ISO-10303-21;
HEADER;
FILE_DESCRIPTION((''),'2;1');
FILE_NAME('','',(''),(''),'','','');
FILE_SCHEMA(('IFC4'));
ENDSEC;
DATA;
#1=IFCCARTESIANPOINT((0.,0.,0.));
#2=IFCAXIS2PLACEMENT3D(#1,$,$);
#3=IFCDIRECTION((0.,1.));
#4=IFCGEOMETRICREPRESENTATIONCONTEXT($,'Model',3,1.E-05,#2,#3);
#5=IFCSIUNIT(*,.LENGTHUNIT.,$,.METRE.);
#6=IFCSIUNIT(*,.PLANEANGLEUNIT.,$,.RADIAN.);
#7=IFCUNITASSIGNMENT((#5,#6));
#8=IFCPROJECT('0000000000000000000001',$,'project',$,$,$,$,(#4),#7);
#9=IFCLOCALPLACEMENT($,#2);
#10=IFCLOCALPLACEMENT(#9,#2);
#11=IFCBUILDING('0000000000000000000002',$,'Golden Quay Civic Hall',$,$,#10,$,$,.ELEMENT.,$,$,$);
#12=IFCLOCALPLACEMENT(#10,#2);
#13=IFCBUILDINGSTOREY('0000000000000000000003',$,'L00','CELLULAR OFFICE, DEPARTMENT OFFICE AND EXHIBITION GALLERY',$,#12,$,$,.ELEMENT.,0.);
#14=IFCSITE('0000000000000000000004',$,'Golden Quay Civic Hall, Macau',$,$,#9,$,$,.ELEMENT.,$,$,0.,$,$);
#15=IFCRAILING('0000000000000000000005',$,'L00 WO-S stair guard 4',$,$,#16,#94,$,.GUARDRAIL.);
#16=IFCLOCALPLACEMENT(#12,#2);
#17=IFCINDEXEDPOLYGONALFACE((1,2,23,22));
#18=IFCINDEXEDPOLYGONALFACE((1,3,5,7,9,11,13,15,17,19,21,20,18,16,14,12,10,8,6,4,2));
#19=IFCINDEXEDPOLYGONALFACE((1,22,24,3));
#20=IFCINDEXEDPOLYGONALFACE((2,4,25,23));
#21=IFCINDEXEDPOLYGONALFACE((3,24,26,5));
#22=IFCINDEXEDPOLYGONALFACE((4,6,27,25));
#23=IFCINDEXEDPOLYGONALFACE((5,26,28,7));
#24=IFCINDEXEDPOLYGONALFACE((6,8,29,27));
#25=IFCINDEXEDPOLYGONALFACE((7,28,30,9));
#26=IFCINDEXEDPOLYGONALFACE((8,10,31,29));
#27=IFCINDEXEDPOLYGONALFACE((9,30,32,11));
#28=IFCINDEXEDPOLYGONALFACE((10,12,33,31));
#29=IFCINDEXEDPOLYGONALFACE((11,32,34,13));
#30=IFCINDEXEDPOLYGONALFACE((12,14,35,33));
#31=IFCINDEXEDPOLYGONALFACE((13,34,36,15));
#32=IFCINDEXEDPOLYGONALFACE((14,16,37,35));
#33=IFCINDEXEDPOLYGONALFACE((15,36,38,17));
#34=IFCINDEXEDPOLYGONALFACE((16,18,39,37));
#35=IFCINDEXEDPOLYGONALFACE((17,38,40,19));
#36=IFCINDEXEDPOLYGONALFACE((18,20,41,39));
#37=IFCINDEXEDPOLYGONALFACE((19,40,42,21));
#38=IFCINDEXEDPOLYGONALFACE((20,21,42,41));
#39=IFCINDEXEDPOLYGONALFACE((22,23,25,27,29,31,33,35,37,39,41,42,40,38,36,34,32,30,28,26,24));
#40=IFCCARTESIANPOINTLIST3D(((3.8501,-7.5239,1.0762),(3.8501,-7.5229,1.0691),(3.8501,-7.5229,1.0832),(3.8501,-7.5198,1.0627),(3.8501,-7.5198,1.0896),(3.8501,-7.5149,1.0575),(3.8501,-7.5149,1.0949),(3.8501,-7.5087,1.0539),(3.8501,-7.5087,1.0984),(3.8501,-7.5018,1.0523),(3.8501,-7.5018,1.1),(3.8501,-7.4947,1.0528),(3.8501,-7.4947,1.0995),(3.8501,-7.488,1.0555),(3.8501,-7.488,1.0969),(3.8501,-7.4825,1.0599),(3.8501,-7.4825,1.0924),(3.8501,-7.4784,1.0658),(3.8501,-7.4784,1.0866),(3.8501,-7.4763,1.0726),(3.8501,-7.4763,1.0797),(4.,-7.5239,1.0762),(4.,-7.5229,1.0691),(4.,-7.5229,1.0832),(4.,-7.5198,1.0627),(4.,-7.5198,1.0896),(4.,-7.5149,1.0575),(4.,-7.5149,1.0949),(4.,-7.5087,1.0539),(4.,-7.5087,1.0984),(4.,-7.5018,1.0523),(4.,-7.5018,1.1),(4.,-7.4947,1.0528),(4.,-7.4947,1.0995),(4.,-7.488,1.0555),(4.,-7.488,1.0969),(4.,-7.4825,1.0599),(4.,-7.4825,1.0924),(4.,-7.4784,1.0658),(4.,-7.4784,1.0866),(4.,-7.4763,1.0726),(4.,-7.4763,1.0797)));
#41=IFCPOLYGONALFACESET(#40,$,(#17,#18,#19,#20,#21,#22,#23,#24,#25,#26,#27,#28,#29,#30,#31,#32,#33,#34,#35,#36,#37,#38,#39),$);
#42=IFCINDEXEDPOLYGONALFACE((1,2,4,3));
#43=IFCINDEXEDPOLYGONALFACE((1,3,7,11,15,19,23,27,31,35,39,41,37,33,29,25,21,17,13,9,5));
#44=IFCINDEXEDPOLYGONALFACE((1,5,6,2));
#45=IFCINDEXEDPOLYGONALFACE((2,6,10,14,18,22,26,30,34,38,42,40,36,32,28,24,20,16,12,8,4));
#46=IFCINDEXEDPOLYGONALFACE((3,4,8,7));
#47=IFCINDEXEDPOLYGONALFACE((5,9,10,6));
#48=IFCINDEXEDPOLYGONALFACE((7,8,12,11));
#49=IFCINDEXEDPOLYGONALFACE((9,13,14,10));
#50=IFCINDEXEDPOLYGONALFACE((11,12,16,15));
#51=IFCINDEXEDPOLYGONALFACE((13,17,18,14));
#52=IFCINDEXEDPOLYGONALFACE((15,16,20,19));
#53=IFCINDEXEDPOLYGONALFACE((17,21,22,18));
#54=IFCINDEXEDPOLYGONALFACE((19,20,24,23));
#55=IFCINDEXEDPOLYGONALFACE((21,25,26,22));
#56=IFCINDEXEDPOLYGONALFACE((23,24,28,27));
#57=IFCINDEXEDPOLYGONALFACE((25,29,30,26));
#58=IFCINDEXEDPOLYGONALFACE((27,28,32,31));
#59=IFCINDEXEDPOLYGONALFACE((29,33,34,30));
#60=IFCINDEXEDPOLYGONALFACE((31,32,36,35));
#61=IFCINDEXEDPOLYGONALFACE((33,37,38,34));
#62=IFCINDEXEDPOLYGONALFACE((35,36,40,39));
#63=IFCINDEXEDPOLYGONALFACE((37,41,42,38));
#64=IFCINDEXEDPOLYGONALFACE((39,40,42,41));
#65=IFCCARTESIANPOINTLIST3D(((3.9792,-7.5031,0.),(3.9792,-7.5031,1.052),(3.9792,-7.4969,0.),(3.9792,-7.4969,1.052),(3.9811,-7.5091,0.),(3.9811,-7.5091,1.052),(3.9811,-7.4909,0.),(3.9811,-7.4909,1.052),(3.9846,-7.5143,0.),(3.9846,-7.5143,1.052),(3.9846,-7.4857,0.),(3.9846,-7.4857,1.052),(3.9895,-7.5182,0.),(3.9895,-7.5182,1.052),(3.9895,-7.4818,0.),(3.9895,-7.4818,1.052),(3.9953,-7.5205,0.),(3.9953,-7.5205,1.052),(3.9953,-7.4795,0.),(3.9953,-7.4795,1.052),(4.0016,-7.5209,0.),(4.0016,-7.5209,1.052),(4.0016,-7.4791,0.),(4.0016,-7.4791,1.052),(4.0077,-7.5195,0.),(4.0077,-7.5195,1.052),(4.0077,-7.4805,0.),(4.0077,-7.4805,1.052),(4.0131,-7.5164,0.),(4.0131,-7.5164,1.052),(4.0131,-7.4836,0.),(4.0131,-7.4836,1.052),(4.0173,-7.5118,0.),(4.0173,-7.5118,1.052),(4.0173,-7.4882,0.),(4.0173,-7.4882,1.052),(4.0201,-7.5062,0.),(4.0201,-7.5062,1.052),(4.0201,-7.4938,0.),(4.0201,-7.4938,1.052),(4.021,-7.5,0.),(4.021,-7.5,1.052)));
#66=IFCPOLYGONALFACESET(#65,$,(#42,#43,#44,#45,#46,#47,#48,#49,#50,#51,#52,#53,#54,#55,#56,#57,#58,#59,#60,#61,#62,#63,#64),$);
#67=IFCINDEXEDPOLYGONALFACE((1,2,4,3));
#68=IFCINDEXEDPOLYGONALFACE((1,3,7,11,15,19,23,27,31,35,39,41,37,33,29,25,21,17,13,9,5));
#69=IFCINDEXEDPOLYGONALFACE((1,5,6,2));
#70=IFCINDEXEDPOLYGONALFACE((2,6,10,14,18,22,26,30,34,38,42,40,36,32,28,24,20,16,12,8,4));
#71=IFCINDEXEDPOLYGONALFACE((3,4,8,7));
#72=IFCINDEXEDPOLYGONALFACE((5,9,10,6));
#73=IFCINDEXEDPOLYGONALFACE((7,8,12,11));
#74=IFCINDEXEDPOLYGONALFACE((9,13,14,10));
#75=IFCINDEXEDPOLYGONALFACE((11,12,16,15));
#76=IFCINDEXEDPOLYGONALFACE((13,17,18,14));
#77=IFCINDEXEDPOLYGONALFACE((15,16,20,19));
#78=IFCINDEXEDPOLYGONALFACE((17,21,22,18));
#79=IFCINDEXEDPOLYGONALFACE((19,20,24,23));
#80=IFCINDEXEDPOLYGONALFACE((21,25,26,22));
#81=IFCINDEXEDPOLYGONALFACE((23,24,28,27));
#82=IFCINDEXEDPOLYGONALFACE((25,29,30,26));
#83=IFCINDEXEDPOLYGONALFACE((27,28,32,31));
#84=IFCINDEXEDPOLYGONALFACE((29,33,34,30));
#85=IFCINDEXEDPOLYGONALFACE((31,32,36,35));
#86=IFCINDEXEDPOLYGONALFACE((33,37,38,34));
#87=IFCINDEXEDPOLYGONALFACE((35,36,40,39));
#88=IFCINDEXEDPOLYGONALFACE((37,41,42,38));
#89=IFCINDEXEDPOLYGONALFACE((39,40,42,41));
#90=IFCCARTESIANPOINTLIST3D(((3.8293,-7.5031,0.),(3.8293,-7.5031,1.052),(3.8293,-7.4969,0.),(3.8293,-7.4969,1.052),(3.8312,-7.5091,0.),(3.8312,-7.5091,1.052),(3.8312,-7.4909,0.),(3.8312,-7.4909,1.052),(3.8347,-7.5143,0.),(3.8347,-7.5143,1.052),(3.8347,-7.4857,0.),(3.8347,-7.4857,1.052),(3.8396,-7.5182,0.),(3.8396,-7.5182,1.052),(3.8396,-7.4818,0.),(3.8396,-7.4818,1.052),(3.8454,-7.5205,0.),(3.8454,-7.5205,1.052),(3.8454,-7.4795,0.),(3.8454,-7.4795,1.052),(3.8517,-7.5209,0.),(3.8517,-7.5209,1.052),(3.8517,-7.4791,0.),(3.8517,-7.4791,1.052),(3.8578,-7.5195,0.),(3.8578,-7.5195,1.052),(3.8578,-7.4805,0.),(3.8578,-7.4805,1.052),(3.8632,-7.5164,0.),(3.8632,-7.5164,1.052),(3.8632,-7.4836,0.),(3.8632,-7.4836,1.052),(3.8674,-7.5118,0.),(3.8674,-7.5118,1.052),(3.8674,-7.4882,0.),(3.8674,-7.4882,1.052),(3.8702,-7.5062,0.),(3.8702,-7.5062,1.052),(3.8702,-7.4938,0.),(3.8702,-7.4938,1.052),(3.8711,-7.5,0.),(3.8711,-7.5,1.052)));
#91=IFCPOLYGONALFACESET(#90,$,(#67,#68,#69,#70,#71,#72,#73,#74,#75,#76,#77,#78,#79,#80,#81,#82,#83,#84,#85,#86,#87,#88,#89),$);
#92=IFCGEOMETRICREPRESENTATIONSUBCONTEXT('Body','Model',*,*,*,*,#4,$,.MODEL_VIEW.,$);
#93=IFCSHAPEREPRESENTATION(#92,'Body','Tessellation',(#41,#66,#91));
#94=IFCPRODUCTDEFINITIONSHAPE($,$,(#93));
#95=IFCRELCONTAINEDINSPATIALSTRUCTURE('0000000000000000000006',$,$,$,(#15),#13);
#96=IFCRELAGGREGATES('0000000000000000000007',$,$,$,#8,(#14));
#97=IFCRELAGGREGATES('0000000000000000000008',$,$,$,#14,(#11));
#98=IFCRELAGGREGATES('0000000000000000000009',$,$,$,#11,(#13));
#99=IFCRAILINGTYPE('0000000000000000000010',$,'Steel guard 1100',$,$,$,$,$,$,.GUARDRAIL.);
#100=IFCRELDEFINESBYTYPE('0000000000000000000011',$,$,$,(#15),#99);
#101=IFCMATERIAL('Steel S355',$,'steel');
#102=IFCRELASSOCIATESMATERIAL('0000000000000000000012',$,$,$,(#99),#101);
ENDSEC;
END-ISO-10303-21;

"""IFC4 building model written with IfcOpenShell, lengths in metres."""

from ifc_helpers import new_model, si_unit, direction, frame, origin, origin_2d, place, context, subcontext, project, spatial, circle, extrude, material, type_object, element, save


model = new_model("IFC4")

# Units and contexts
model_context = context("Model", 3, precision=1e-05, world=origin(), true_north=direction((0.0, 1.0)))
body_context = subcontext(model_context, "Body", "Model", "MODEL_VIEW")
ifc_project = project(units=[si_unit("LENGTHUNIT", "METRE"), si_unit("PLANEANGLEUNIT", "RADIAN")], contexts=[model_context])

# Site, building, storey
site_placement = place(None, origin())
site = spatial("IfcSite", under=ifc_project, at=site_placement, Name="Golden Quay Civic Hall, Macau", CompositionType="ELEMENT", RefElevation=0.0)
building_placement = place(site_placement, origin())
building = spatial("IfcBuilding", under=site, at=building_placement, Name="Golden Quay Civic Hall", CompositionType="ELEMENT")
storey_placement = place(building_placement, origin())
storey = spatial("IfcBuildingStorey", under=building, at=storey_placement, Name="L00", Description="CELLULAR OFFICE, DEPARTMENT OFFICE AND EXHIBITION GALLERY", CompositionType="ELEMENT", Elevation=0.0)

# Railing
ifc_material_1 = material(Name="Steel S355", Category="steel")
railing_type_1 = type_object("IfcRailingType", Name="Steel guard 1100", PredefinedType="GUARDRAIL", material=ifc_material_1)
railing_1_placement = place(storey_placement, frame((4.0, -7.5, 0.0)))
element("IfcRailing", 1, at=railing_1_placement, inside=storey, type_object=railing_type_1, Name="L00 WO-S stair guard 4", PredefinedType="GUARDRAIL", context=body_context, shape_type="SweptSolid", body=[
    extrude(circle(Radius=0.0239, at=origin_2d()), frame((0.0, 0.0, 1.0762), z_axis=(-1.0, 0.0, 0.0), x_axis=(0.0, -1.0, 0.0)), (0.0, 0.0, 1.0), 0.1499),
    extrude(circle(Radius=0.021, at=origin_2d()), origin(), (0.0, 0.0, 1.0), 1.052),
    extrude(circle(Radius=0.021, at=origin_2d()), frame((-0.1499, 0.0, 0.0)), (0.0, 0.0, 1.0), 1.052),
])

save(model, "model.ifc")
